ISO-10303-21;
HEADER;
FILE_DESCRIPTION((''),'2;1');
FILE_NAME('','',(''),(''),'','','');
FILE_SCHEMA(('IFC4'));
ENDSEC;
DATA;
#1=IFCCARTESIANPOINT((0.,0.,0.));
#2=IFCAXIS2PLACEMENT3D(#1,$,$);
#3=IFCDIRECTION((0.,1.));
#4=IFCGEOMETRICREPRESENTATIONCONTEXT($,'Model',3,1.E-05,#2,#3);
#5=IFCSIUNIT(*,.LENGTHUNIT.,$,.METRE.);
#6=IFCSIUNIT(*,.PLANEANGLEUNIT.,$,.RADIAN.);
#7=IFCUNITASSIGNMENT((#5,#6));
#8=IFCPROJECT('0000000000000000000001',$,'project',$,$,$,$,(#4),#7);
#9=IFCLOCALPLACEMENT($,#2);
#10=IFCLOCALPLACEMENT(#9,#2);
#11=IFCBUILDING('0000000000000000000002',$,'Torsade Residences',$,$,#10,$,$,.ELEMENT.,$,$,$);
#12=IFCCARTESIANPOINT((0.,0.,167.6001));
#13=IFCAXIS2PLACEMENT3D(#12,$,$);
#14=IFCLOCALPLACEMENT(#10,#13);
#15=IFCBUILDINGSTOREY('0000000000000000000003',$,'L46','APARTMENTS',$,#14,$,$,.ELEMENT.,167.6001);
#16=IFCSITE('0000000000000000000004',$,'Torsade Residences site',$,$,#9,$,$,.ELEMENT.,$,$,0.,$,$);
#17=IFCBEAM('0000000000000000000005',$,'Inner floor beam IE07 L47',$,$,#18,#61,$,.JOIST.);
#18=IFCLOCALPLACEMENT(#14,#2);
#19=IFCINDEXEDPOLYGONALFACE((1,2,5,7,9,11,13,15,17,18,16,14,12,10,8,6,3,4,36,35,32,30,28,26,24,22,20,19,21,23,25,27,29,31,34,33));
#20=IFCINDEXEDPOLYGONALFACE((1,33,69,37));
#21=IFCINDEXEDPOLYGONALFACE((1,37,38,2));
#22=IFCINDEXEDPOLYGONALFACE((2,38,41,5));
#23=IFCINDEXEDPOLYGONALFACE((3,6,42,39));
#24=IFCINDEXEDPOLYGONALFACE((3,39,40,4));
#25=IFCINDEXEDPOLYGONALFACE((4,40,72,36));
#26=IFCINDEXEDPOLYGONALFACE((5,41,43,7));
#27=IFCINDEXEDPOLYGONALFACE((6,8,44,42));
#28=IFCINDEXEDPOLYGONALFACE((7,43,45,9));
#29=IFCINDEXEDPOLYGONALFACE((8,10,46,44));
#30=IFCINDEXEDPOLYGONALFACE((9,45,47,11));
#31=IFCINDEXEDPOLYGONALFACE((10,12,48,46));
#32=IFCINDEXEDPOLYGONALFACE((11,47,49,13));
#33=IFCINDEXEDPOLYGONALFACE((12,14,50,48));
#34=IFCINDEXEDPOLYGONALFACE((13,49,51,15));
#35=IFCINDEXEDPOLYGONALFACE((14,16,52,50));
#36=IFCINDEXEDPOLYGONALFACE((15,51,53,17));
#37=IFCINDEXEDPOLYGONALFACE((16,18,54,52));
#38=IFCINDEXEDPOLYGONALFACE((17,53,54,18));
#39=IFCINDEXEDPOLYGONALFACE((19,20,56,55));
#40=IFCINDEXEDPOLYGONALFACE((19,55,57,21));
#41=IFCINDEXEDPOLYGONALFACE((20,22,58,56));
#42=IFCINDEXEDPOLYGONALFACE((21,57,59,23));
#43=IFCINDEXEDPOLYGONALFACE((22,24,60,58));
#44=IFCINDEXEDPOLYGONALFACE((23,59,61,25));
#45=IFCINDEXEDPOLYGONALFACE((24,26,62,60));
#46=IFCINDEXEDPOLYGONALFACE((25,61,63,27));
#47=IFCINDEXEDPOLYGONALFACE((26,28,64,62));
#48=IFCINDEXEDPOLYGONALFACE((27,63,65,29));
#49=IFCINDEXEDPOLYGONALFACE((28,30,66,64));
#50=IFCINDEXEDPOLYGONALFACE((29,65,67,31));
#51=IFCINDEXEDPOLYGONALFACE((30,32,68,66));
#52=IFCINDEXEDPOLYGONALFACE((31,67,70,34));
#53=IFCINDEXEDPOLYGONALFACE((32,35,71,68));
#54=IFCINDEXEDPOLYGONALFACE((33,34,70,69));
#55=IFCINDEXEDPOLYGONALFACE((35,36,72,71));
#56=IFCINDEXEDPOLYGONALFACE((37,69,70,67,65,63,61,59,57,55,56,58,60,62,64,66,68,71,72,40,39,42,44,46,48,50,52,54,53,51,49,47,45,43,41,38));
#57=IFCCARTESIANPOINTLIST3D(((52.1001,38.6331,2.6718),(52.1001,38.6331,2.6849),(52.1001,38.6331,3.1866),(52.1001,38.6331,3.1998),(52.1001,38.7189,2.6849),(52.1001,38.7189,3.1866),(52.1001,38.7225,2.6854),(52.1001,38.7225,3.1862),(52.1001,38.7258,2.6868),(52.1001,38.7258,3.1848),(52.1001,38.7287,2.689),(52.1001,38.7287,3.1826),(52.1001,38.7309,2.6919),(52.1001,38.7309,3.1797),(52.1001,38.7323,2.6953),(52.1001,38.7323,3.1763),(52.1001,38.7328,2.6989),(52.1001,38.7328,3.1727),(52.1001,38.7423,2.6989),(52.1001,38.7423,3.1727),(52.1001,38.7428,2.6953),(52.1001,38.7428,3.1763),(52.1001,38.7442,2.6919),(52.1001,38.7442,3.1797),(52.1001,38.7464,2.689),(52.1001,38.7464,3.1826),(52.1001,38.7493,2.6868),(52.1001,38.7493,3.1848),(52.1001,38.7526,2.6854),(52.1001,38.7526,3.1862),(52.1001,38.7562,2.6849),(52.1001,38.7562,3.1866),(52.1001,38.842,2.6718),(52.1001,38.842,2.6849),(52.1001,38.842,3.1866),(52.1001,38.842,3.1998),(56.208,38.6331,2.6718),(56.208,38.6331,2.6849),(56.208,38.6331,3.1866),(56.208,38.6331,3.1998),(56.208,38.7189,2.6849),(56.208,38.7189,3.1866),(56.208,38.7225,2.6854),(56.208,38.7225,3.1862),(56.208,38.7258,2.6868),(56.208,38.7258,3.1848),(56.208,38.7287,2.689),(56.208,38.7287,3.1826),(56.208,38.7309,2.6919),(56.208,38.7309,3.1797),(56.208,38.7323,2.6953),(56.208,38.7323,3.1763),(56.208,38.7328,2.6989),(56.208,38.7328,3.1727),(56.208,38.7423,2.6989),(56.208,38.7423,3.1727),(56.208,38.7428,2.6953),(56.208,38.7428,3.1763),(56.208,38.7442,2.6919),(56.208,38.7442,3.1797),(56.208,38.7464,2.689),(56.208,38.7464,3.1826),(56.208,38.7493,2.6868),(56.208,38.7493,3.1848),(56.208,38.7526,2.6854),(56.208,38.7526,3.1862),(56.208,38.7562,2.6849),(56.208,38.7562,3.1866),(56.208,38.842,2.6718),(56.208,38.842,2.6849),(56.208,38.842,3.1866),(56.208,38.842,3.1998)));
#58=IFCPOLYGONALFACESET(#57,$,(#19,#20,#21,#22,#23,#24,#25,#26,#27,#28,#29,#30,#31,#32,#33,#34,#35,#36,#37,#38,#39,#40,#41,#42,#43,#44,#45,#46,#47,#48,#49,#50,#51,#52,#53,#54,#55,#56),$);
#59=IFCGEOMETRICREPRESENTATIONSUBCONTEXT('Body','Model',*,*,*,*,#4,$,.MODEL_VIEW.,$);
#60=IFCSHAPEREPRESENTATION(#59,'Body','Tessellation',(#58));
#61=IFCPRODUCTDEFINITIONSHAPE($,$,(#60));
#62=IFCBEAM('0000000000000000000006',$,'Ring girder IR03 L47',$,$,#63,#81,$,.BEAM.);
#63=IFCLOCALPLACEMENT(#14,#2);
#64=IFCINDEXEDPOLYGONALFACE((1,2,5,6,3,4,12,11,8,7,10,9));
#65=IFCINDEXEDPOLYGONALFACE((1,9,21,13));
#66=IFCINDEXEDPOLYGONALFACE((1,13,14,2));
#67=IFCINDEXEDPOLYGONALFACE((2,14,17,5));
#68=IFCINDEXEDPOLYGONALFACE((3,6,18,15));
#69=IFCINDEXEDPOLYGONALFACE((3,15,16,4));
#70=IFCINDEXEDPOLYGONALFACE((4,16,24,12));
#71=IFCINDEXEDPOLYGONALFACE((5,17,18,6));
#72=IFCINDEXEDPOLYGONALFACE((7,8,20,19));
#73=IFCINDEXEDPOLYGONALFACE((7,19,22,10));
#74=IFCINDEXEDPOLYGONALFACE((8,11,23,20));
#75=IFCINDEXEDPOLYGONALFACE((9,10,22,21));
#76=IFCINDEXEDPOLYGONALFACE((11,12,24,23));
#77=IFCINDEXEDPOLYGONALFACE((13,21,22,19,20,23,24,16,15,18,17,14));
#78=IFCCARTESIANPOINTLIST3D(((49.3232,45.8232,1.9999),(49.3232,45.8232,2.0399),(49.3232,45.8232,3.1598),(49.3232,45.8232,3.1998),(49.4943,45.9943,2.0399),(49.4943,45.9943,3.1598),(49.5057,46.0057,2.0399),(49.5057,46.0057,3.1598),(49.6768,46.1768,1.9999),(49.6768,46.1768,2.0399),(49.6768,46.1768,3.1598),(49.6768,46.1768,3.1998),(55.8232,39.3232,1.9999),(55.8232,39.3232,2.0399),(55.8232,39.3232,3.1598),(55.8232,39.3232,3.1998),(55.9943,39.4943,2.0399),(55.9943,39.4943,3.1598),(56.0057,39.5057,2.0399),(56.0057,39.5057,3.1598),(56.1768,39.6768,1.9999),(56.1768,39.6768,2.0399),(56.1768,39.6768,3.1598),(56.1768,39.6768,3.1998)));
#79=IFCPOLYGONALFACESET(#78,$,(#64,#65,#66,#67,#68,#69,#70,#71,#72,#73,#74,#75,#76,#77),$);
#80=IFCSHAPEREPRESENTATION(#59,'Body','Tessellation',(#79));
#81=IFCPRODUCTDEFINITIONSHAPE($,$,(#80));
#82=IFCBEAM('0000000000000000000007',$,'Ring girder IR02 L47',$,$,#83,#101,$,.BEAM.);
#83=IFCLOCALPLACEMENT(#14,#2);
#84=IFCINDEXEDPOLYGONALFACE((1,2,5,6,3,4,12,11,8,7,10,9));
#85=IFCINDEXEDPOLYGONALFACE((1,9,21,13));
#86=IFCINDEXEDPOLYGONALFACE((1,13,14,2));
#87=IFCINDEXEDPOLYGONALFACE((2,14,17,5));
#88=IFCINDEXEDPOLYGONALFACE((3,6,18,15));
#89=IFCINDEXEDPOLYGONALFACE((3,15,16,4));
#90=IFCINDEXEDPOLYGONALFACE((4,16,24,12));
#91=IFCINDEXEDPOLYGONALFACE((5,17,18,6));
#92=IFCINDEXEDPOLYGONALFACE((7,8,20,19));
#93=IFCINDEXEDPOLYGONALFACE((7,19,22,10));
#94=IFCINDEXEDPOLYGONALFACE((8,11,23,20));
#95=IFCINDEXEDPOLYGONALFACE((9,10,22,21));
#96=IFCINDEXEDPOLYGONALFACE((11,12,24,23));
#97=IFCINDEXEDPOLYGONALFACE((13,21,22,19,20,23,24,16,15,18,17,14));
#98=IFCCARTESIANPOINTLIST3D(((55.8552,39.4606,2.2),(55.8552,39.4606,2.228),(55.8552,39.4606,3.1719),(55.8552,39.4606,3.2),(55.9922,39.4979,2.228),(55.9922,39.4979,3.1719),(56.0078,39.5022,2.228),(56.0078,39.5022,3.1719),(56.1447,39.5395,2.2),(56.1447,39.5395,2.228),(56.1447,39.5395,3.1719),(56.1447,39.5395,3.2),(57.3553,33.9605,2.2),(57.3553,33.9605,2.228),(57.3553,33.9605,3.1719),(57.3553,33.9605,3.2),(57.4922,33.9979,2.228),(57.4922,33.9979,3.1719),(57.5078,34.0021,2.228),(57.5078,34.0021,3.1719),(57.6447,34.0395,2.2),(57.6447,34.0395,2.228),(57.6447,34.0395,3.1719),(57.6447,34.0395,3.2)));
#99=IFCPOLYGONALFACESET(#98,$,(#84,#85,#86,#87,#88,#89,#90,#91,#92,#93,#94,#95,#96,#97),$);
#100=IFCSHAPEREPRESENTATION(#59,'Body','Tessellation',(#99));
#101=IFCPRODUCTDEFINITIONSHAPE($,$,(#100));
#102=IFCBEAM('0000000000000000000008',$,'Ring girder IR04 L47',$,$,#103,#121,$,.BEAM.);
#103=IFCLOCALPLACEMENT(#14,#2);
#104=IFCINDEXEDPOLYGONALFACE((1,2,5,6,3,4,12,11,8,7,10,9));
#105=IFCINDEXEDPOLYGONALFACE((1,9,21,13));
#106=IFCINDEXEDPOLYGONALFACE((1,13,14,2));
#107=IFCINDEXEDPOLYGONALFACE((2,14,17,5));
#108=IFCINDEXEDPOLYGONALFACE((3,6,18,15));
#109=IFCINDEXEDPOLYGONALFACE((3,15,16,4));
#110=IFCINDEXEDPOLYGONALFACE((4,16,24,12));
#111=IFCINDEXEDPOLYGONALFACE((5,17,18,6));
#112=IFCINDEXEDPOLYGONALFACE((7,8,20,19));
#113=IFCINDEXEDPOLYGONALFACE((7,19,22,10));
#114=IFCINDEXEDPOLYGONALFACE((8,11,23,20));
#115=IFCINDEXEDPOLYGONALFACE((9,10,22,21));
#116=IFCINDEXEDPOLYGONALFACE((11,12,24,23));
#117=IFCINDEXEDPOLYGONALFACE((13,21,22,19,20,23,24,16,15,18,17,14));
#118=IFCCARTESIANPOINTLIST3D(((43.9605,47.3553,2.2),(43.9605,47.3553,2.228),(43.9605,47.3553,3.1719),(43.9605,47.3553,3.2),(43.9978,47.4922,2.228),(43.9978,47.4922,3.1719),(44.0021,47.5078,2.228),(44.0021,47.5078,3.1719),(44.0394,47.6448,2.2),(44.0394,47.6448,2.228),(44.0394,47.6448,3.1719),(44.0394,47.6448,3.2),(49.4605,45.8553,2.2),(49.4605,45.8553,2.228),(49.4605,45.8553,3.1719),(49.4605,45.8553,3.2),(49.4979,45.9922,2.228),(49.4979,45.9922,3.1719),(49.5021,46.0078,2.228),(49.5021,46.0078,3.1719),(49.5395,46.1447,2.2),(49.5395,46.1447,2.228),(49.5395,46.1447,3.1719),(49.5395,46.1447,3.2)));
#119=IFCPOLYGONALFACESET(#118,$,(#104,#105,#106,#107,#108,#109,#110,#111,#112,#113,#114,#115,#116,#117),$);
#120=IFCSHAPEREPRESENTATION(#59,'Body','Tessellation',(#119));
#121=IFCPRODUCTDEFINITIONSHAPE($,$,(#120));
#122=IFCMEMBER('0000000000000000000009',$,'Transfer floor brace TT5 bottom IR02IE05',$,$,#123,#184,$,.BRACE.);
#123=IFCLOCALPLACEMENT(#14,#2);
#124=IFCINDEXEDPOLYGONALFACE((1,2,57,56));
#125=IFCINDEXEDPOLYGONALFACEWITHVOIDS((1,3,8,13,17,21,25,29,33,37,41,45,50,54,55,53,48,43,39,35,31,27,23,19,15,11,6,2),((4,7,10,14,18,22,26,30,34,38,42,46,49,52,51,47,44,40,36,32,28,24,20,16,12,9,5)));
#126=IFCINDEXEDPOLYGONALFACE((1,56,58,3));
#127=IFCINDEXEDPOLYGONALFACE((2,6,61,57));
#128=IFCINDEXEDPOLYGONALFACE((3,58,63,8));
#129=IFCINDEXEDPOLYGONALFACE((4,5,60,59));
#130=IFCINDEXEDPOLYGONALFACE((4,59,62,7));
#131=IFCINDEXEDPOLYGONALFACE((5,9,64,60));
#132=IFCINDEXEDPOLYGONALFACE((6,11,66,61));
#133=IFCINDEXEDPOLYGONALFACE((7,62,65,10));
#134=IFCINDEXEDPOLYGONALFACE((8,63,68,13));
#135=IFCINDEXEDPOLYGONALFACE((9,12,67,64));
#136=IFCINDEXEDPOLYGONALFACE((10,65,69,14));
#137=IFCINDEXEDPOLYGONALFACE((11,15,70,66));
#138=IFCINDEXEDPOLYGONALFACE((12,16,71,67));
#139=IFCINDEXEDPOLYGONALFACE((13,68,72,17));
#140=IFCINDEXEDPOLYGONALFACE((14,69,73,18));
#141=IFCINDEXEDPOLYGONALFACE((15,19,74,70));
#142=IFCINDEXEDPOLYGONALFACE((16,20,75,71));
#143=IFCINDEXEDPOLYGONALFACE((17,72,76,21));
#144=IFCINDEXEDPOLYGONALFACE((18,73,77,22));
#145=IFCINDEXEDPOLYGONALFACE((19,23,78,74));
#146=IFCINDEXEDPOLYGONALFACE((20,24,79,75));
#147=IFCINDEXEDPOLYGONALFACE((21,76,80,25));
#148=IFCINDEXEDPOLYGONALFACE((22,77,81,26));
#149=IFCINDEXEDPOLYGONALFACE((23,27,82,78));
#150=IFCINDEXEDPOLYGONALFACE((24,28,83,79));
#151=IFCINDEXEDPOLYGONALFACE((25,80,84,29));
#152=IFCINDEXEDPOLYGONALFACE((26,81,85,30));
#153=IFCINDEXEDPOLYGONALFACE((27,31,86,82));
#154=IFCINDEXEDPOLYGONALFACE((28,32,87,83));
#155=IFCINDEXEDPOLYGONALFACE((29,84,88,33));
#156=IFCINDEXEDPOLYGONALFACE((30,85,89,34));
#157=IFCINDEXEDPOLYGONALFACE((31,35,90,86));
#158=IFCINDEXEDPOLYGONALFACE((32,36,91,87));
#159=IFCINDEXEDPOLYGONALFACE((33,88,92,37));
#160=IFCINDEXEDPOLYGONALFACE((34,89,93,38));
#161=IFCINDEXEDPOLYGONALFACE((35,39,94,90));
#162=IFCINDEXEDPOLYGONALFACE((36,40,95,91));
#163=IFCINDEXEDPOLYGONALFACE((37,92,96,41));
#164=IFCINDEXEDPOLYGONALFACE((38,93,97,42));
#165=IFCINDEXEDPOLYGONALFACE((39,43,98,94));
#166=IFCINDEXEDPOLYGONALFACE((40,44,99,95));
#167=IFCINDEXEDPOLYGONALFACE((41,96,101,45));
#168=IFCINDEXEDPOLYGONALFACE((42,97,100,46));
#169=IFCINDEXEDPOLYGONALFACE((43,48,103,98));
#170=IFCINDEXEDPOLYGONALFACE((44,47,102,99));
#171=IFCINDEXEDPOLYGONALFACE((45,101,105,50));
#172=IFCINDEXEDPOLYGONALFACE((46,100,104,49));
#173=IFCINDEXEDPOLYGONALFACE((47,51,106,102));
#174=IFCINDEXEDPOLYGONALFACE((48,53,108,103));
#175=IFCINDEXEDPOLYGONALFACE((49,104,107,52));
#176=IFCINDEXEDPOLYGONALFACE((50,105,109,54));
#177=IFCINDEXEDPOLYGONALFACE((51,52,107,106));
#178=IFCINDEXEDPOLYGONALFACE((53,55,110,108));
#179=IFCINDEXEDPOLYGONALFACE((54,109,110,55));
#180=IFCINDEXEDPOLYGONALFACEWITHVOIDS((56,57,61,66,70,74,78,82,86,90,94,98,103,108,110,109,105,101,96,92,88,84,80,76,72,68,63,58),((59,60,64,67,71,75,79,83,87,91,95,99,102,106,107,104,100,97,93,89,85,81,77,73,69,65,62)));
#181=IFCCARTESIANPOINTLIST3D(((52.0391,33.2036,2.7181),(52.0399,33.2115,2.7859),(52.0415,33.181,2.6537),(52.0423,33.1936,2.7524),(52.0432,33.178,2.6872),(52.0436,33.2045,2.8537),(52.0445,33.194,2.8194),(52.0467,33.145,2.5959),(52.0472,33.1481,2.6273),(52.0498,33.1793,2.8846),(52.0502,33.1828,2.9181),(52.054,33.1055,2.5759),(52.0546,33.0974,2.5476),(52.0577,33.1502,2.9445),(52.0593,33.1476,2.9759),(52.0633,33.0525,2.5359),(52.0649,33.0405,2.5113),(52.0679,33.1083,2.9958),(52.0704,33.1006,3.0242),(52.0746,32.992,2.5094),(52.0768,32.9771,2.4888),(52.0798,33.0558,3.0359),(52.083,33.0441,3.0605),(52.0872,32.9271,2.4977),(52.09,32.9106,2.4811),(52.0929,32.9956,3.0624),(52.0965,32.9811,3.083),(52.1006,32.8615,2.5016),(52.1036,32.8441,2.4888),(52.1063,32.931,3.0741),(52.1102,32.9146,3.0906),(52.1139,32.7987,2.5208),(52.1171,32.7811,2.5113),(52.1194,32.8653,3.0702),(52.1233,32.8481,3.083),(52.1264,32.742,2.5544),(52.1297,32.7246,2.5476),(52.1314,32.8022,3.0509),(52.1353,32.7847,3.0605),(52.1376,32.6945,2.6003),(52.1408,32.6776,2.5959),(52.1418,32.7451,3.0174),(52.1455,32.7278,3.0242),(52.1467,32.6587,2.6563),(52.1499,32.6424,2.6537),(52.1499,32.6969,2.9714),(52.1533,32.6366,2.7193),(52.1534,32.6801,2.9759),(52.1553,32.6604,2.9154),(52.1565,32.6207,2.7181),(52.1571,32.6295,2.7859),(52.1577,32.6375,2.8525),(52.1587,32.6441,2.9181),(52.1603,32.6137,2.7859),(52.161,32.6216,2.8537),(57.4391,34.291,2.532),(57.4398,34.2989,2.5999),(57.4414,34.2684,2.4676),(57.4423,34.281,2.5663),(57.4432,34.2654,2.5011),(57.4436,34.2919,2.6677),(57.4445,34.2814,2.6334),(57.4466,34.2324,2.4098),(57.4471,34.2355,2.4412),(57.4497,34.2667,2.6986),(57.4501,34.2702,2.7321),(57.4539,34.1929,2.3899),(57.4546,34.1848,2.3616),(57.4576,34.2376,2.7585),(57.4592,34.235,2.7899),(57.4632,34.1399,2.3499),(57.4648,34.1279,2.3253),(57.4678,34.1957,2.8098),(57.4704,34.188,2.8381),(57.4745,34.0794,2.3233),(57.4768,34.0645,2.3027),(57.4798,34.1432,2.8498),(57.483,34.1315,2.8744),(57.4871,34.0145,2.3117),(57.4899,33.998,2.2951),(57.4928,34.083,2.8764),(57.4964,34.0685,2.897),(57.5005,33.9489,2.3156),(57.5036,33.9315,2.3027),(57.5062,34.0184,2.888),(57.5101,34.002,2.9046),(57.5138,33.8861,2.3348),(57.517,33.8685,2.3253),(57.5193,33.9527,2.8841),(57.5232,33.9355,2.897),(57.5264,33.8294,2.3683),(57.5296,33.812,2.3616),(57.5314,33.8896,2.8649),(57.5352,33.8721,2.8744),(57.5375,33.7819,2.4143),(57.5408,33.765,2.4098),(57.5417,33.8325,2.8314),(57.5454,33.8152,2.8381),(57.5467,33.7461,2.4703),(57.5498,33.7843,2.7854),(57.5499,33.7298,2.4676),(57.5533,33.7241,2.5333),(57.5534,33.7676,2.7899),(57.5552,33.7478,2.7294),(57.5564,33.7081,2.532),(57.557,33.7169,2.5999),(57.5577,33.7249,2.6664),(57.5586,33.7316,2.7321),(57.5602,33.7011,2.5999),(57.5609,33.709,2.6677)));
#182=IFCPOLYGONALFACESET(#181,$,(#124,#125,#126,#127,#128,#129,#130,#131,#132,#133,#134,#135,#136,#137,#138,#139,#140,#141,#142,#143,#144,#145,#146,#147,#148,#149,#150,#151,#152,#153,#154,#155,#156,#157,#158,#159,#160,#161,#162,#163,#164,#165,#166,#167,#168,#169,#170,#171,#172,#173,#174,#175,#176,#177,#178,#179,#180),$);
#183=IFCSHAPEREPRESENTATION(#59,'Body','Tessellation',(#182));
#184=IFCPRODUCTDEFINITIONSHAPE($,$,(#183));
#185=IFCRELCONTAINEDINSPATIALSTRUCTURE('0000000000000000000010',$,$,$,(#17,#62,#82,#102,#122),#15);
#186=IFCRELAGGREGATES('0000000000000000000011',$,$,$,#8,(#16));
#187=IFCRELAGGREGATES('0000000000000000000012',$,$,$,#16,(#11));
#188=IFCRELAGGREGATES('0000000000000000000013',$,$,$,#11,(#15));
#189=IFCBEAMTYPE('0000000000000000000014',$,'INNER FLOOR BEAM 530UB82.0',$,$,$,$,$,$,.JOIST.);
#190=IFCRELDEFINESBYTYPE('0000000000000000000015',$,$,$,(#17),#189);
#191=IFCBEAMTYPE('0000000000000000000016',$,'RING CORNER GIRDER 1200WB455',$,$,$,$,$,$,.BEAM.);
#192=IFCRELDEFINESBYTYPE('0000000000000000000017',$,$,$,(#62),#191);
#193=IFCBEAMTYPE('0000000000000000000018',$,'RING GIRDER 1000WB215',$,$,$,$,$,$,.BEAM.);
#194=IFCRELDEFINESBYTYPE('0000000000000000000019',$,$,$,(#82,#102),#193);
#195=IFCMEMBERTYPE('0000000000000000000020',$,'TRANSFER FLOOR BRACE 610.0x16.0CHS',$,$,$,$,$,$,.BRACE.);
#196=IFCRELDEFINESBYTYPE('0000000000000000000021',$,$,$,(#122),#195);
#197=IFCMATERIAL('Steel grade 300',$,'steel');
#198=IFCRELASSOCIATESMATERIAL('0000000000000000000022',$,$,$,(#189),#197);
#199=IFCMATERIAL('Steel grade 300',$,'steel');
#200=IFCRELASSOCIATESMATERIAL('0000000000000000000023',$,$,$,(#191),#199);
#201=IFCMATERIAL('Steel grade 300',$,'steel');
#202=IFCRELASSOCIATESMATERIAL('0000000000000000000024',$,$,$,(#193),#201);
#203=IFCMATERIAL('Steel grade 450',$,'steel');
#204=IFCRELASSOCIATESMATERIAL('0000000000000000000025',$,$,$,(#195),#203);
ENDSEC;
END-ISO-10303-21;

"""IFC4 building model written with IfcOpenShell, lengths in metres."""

from ifc_helpers import new_model, si_unit, direction, frame, origin, origin_2d, place, context, subcontext, project, spatial, hollow_circle, i_section, extrude, material, material_profile, profile_set, type_object, element, save


model = new_model("IFC4")

# Units and contexts
model_context = context("Model", 3, precision=1e-05, world=origin(), true_north=direction((0.0, 1.0)))
body_context = subcontext(model_context, "Body", "Model", "MODEL_VIEW")
ifc_project = project(units=[si_unit("LENGTHUNIT", "METRE"), si_unit("PLANEANGLEUNIT", "RADIAN")], contexts=[model_context])

# Site, building, storey
site_placement = place(None, origin())
site = spatial("IfcSite", under=ifc_project, at=site_placement, Name="Torsade Residences site", CompositionType="ELEMENT", RefElevation=0.0)
building_placement = place(site_placement, origin())
building = spatial("IfcBuilding", under=site, at=building_placement, Name="Torsade Residences", CompositionType="ELEMENT")
storey_placement = place(building_placement, frame((0.0, 0.0, 167.6001)))
storey = spatial("IfcBuildingStorey", under=building, at=storey_placement, Name="L46", Description="APARTMENTS", CompositionType="ELEMENT", Elevation=167.6001)

# Beams
ifc_material_1 = material(Name="Steel grade 300", Category="steel")
ifc_material_profile_1 = material_profile(ifc_material_1, i_section(OverallWidth=0.209, OverallDepth=0.5281, WebThickness=0.0095, FlangeThickness=0.0132, FilletRadius=0.0139, at=origin_2d()), Name="530UB82.0")
ifc_profile_set_1 = profile_set([ifc_material_profile_1], Name="Steel grade 300")
beam_type_1 = type_object("IfcBeamType", Name="INNER FLOOR BEAM 530UB82.0", PredefinedType="JOIST", material=ifc_profile_set_1)
beam_1_placement = place(storey_placement, frame((52.1001, 38.7375, 2.9358), z_axis=(1.0, 0.0, 0.0), x_axis=(0.0, 1.0, 0.0)))
element("IfcBeam", 1, at=beam_1_placement, inside=storey, type_object=beam_type_1, Name="Inner floor beam IE07 L47", PredefinedType="JOIST", context=body_context, shape_type="SweptSolid", body=[
    extrude(i_section(OverallWidth=0.209, OverallDepth=0.5281, WebThickness=0.0095, FlangeThickness=0.0132, FilletRadius=0.0139, at=origin_2d()), origin(), (0.0, 0.0, 1.0), 4.1079),
])
ifc_material_2 = material(Name="Steel grade 300", Category="steel")
ifc_material_profile_2 = material_profile(ifc_material_2, i_section(OverallWidth=0.5, OverallDepth=1.2, WebThickness=0.0161, FlangeThickness=0.04, at=origin_2d()), Name="1200WB455")
ifc_profile_set_2 = profile_set([ifc_material_profile_2], Name="Steel grade 300")
beam_type_2 = type_object("IfcBeamType", Name="RING CORNER GIRDER 1200WB455", PredefinedType="BEAM", material=ifc_profile_set_2)
beam_2_placement = place(storey_placement, frame((56.0, 39.5, 2.5999), z_axis=(-0.707107, 0.707107, 0.0), x_axis=(-0.707107, -0.707107, 0.0)))
element("IfcBeam", 2, at=beam_2_placement, inside=storey, type_object=beam_type_2, Name="Ring girder IR03 L47", PredefinedType="BEAM", context=body_context, shape_type="SweptSolid", body=[
    extrude(i_section(OverallWidth=0.5, OverallDepth=1.2, WebThickness=0.0161, FlangeThickness=0.04, at=origin_2d()), origin(), (0.0, 0.0, 1.0), 9.1924),
])
ifc_material_3 = material(Name="Steel grade 300", Category="steel")
ifc_material_profile_3 = material_profile(ifc_material_3, i_section(OverallWidth=0.3, OverallDepth=1.0, WebThickness=0.0161, FlangeThickness=0.0281, at=origin_2d()), Name="1000WB215")
ifc_profile_set_3 = profile_set([ifc_material_profile_3], Name="Steel grade 300")
beam_type_3 = type_object("IfcBeamType", Name="RING GIRDER 1000WB215", PredefinedType="BEAM", material=ifc_profile_set_3)
for number, where, z_axis, x_axis, name in (
    (3, (57.5, 34.0, 2.7), (-0.263117, 0.964764, 0.0), (-0.964764, -0.263117, 0.0), "Ring girder IR02 L47"),
    (4, (49.5, 46.0, 2.7), (-0.964764, 0.263117, 0.0), (-0.263117, -0.964764, 0.0), "Ring girder IR04 L47"),
):
    element("IfcBeam", number, at=place(storey_placement, frame(where, z_axis=z_axis, x_axis=x_axis)), inside=storey, type_object=beam_type_3, Name=name, PredefinedType="BEAM", context=body_context, shape_type="SweptSolid", body=[
        extrude(i_section(OverallWidth=0.3, OverallDepth=1.0, WebThickness=0.0161, FlangeThickness=0.0281, at=origin_2d()), origin(), (0.0, 0.0, 1.0), 5.7009),
    ])

# Member
ifc_material_4 = material(Name="Steel grade 450", Category="steel")
ifc_material_profile_4 = material_profile(ifc_material_4, hollow_circle(Radius=0.3049, WallThickness=0.0161, at=origin_2d()), Name="610.0x16.0CHS")
ifc_profile_set_4 = profile_set([ifc_material_profile_4], Name="Steel grade 450")
member_type = type_object("IfcMemberType", Name="TRANSFER FLOOR BRACE 610.0x16.0CHS", PredefinedType="BRACE", material=ifc_profile_set_4)
member_placement = place(storey_placement, frame((57.5, 34.0, 2.5999), z_axis=(-0.979762, -0.197299, 0.033754), x_axis=(0.197412, -0.980321, 0.0)))
element("IfcMember", 5, at=member_placement, inside=storey, type_object=member_type, Name="Transfer floor brace TT5 bottom IR02IE05", PredefinedType="BRACE", context=body_context, shape_type="SweptSolid", body=[
    extrude(hollow_circle(Radius=0.3049, WallThickness=0.0161, at=origin_2d()), origin(), (0.0, 0.0, 1.0), 5.5115),
])

save(model, "model.ifc")
